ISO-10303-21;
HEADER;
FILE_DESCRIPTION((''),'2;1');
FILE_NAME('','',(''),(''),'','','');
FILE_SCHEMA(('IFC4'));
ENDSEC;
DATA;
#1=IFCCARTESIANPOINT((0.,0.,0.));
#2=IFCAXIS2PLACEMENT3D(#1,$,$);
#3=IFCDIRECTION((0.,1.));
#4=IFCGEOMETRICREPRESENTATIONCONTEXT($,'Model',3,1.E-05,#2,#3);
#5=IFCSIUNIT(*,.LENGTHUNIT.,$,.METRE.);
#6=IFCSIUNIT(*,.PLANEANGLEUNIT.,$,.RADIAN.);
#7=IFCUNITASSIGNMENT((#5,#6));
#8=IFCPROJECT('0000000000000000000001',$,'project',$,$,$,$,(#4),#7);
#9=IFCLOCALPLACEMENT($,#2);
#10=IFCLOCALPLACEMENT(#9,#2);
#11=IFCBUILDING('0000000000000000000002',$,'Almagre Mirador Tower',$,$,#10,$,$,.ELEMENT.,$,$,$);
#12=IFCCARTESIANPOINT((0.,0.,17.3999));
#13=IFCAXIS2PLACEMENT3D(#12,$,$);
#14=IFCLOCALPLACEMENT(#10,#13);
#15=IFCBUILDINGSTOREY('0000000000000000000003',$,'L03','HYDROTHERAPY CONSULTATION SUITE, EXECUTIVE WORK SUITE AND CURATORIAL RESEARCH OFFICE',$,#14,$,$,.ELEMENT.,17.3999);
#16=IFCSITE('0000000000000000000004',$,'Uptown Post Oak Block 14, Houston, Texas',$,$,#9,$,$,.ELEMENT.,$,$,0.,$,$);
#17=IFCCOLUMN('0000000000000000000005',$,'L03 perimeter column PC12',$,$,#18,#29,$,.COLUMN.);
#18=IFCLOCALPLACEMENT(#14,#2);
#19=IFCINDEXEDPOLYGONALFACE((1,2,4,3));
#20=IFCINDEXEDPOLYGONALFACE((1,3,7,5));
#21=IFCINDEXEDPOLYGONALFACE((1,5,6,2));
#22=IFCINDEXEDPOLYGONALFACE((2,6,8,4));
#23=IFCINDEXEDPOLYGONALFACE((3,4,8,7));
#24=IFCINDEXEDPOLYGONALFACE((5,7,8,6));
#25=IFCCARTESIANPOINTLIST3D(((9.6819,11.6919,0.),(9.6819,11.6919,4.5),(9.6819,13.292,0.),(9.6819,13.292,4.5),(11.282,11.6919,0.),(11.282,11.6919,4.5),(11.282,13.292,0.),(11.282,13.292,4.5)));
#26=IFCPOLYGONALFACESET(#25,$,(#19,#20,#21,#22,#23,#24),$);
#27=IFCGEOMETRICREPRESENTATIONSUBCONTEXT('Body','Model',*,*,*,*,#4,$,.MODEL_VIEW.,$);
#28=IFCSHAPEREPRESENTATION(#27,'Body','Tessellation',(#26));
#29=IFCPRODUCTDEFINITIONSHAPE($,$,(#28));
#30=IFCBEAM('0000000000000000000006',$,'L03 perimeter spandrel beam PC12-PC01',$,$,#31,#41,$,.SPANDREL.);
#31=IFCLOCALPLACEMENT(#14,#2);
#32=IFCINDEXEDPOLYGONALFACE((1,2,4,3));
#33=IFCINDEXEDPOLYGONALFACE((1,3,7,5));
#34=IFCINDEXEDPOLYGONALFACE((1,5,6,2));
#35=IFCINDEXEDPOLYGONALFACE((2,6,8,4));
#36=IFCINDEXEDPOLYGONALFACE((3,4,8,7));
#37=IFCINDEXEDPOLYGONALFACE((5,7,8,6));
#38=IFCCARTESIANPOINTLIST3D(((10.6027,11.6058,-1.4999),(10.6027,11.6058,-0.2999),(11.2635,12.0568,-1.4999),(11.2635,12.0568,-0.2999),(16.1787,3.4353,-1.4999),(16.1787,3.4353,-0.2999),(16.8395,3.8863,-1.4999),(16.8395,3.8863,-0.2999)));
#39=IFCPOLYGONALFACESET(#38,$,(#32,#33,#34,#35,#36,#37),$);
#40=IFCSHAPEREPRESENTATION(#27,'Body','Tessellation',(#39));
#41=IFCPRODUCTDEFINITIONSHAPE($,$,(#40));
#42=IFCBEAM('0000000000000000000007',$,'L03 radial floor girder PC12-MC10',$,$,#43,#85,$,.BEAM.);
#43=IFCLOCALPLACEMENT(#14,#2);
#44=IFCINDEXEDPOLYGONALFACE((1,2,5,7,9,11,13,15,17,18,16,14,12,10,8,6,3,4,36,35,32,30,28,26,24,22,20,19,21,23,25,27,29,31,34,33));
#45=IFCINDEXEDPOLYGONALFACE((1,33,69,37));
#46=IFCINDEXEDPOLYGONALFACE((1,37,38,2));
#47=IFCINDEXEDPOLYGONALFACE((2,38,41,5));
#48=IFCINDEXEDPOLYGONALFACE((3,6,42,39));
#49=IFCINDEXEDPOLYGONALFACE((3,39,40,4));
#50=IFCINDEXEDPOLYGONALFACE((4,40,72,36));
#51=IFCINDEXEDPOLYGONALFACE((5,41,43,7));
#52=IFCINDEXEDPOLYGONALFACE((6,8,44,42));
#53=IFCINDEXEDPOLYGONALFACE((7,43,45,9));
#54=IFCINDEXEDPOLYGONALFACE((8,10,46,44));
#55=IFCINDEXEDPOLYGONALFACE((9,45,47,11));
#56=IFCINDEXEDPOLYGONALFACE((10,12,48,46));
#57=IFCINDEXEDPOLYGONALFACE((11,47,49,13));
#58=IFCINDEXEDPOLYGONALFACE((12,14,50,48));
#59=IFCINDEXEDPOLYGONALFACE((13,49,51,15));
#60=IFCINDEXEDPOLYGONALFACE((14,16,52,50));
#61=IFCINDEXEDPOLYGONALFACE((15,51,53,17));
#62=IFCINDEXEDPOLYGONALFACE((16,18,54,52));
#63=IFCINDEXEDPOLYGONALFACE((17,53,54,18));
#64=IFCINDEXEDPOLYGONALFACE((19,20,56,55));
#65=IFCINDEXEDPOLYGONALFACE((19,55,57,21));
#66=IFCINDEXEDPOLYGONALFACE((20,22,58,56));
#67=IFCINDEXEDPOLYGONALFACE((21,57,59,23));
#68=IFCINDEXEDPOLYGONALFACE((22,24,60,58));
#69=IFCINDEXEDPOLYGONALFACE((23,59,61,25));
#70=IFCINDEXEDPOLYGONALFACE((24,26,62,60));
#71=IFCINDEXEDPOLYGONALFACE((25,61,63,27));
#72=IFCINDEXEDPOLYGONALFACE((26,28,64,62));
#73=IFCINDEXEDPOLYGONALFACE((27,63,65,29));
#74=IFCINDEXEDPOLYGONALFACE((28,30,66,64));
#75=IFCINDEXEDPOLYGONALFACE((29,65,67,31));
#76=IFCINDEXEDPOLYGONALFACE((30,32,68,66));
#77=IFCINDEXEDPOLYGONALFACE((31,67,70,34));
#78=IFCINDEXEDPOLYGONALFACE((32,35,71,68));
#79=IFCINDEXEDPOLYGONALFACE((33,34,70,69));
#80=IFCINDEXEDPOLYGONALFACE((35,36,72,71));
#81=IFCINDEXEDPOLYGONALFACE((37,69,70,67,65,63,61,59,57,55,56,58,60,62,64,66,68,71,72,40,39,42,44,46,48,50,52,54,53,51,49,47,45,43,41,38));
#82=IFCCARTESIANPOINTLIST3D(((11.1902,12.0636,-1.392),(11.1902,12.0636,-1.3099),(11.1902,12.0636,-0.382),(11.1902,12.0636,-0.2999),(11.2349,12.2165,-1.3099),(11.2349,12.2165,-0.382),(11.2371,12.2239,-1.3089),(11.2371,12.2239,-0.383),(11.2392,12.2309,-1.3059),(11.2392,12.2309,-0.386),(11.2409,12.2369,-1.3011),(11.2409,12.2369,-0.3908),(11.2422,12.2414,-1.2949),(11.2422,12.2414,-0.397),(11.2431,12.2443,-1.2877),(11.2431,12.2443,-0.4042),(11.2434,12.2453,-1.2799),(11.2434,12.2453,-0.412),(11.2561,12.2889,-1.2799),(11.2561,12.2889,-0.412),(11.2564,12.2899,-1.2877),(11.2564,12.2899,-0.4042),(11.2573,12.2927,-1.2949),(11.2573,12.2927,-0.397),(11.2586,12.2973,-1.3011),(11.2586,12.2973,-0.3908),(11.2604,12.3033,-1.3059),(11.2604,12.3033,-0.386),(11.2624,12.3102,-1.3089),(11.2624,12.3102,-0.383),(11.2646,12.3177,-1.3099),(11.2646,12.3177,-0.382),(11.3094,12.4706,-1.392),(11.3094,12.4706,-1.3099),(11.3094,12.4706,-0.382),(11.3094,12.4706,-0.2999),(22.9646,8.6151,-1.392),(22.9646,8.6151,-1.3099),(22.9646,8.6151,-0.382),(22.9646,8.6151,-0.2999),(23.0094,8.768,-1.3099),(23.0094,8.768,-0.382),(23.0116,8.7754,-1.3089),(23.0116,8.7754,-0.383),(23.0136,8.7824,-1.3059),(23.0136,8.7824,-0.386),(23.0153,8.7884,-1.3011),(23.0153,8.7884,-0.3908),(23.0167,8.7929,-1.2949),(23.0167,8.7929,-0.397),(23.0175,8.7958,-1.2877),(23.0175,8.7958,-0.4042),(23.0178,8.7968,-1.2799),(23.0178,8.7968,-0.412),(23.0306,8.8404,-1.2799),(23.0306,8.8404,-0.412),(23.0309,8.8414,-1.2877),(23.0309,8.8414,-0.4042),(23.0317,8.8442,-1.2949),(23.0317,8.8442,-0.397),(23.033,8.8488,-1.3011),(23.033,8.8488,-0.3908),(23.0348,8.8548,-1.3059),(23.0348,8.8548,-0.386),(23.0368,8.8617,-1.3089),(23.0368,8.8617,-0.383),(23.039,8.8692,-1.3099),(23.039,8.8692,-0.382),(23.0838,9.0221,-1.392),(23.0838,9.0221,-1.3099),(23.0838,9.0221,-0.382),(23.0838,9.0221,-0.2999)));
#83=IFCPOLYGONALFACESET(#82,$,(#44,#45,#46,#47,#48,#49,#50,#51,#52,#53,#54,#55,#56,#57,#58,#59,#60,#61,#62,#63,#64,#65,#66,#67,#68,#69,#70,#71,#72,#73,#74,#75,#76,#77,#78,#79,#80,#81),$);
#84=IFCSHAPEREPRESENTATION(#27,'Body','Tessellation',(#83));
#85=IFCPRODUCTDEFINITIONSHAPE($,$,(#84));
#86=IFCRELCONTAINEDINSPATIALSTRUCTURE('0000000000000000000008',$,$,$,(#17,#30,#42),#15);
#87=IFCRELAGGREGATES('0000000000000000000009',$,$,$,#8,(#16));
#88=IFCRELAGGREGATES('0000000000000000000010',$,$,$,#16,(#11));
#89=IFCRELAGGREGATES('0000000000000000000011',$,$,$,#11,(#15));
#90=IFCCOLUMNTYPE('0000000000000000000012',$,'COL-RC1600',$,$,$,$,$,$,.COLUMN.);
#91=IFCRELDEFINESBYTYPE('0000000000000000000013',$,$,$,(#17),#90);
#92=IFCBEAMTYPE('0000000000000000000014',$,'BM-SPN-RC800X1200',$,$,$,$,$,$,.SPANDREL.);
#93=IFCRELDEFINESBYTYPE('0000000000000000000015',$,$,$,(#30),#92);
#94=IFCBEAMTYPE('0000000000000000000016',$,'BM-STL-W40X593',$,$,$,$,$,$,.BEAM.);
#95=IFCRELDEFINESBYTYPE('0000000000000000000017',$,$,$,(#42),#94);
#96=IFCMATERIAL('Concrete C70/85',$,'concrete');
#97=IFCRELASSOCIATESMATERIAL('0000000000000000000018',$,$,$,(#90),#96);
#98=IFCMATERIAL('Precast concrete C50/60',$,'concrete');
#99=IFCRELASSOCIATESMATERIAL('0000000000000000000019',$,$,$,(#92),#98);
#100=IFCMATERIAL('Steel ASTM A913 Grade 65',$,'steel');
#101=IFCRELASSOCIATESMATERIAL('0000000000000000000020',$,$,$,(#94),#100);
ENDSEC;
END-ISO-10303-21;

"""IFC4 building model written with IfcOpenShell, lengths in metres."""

from ifc_helpers import new_model, si_unit, direction, frame, origin, origin_2d, place, context, subcontext, project, spatial, rectangle, i_section, extrude, material, material_profile, profile_set, type_object, element, save


model = new_model("IFC4")

# Units and contexts
model_context = context("Model", 3, precision=1e-05, world=origin(), true_north=direction((0.0, 1.0)))
body_context = subcontext(model_context, "Body", "Model", "MODEL_VIEW")
ifc_project = project(units=[si_unit("LENGTHUNIT", "METRE"), si_unit("PLANEANGLEUNIT", "RADIAN")], contexts=[model_context])

# Site, building, storey
site_placement = place(None, origin())
site = spatial("IfcSite", under=ifc_project, at=site_placement, Name="Uptown Post Oak Block 14, Houston, Texas", CompositionType="ELEMENT", RefElevation=0.0)
building_placement = place(site_placement, origin())
building = spatial("IfcBuilding", under=site, at=building_placement, Name="Almagre Mirador Tower", CompositionType="ELEMENT")
storey_placement = place(building_placement, frame((0.0, 0.0, 17.3999)))
storey = spatial("IfcBuildingStorey", under=building, at=storey_placement, Name="L03", Description="HYDROTHERAPY CONSULTATION SUITE, EXECUTIVE WORK SUITE AND CURATORIAL RESEARCH OFFICE", CompositionType="ELEMENT", Elevation=17.3999)

# Column
ifc_material_1 = material(Name="Concrete C70/85", Category="concrete")
ifc_material_profile_1 = material_profile(ifc_material_1, rectangle(XDim=1.6001, YDim=1.6001, at=origin_2d()), Name="RC1600X1600")
ifc_profile_set_1 = profile_set([ifc_material_profile_1], Name="Concrete C70/85")
column_type = type_object("IfcColumnType", Name="COL-RC1600", PredefinedType="COLUMN", material=ifc_profile_set_1)
column_placement = place(storey_placement, frame((10.4819, 12.4919, 0.0), z_axis=(0.0, 0.0, 1.0), x_axis=(1.0, 0.0, 0.0)))
element("IfcColumn", 1, at=column_placement, inside=storey, type_object=column_type, Name="L03 perimeter column PC12", PredefinedType="COLUMN", context=body_context, shape_type="SweptSolid", body=[
    extrude(rectangle(XDim=1.6001, YDim=1.6001, at=origin_2d()), origin(), (0.0, 0.0, 1.0), 4.5),
])

# Beams
ifc_material_2 = material(Name="Precast concrete C50/60", Category="concrete")
ifc_material_profile_2 = material_profile(ifc_material_2, rectangle(XDim=0.8, YDim=1.2, at=origin_2d()), Name="RC800X1200")
ifc_profile_set_2 = profile_set([ifc_material_profile_2], Name="Precast concrete C50/60")
beam_type_1 = type_object("IfcBeamType", Name="BM-SPN-RC800X1200", PredefinedType="SPANDREL", material=ifc_profile_set_2)
beam_1_placement = place(storey_placement, frame((10.9331, 11.8313, -0.8999), z_axis=(0.563695, -0.825983, 0.0), x_axis=(0.825983, 0.563695, 0.0)))
element("IfcBeam", 2, at=beam_1_placement, inside=storey, type_object=beam_type_1, Name="L03 perimeter spandrel beam PC12-PC01", PredefinedType="SPANDREL", context=body_context, shape_type="SweptSolid", body=[
    extrude(rectangle(XDim=0.8, YDim=1.2, at=origin_2d()), origin(), (0.0, 0.0, 1.0), 9.8918),
])
ifc_material_3 = material(Name="Steel ASTM A913 Grade 65", Category="steel")
ifc_material_profile_3 = material_profile(ifc_material_3, i_section(OverallWidth=0.4241, OverallDepth=1.092, WebThickness=0.0454, FlangeThickness=0.082, FilletRadius=0.03, at=origin_2d()), Name="W40X593")
ifc_profile_set_3 = profile_set([ifc_material_profile_3], Name="Steel ASTM A913 Grade 65")
beam_type_2 = type_object("IfcBeamType", Name="BM-STL-W40X593", PredefinedType="BEAM", material=ifc_profile_set_3)
beam_2_placement = place(storey_placement, frame((11.2498, 12.2671, -0.8459), z_axis=(0.959686, -0.281073, 0.0), x_axis=(0.281073, 0.959686, 0.0)))
element("IfcBeam", 3, at=beam_2_placement, inside=storey, type_object=beam_type_2, Name="L03 radial floor girder PC12-MC10", PredefinedType="BEAM", context=body_context, shape_type="SweptSolid", body=[
    extrude(i_section(OverallWidth=0.4241, OverallDepth=1.092, WebThickness=0.0454, FlangeThickness=0.082, FilletRadius=0.03, at=origin_2d()), origin(), (0.0, 0.0, 1.0), 12.269),
])

save(model, "model.ifc")
